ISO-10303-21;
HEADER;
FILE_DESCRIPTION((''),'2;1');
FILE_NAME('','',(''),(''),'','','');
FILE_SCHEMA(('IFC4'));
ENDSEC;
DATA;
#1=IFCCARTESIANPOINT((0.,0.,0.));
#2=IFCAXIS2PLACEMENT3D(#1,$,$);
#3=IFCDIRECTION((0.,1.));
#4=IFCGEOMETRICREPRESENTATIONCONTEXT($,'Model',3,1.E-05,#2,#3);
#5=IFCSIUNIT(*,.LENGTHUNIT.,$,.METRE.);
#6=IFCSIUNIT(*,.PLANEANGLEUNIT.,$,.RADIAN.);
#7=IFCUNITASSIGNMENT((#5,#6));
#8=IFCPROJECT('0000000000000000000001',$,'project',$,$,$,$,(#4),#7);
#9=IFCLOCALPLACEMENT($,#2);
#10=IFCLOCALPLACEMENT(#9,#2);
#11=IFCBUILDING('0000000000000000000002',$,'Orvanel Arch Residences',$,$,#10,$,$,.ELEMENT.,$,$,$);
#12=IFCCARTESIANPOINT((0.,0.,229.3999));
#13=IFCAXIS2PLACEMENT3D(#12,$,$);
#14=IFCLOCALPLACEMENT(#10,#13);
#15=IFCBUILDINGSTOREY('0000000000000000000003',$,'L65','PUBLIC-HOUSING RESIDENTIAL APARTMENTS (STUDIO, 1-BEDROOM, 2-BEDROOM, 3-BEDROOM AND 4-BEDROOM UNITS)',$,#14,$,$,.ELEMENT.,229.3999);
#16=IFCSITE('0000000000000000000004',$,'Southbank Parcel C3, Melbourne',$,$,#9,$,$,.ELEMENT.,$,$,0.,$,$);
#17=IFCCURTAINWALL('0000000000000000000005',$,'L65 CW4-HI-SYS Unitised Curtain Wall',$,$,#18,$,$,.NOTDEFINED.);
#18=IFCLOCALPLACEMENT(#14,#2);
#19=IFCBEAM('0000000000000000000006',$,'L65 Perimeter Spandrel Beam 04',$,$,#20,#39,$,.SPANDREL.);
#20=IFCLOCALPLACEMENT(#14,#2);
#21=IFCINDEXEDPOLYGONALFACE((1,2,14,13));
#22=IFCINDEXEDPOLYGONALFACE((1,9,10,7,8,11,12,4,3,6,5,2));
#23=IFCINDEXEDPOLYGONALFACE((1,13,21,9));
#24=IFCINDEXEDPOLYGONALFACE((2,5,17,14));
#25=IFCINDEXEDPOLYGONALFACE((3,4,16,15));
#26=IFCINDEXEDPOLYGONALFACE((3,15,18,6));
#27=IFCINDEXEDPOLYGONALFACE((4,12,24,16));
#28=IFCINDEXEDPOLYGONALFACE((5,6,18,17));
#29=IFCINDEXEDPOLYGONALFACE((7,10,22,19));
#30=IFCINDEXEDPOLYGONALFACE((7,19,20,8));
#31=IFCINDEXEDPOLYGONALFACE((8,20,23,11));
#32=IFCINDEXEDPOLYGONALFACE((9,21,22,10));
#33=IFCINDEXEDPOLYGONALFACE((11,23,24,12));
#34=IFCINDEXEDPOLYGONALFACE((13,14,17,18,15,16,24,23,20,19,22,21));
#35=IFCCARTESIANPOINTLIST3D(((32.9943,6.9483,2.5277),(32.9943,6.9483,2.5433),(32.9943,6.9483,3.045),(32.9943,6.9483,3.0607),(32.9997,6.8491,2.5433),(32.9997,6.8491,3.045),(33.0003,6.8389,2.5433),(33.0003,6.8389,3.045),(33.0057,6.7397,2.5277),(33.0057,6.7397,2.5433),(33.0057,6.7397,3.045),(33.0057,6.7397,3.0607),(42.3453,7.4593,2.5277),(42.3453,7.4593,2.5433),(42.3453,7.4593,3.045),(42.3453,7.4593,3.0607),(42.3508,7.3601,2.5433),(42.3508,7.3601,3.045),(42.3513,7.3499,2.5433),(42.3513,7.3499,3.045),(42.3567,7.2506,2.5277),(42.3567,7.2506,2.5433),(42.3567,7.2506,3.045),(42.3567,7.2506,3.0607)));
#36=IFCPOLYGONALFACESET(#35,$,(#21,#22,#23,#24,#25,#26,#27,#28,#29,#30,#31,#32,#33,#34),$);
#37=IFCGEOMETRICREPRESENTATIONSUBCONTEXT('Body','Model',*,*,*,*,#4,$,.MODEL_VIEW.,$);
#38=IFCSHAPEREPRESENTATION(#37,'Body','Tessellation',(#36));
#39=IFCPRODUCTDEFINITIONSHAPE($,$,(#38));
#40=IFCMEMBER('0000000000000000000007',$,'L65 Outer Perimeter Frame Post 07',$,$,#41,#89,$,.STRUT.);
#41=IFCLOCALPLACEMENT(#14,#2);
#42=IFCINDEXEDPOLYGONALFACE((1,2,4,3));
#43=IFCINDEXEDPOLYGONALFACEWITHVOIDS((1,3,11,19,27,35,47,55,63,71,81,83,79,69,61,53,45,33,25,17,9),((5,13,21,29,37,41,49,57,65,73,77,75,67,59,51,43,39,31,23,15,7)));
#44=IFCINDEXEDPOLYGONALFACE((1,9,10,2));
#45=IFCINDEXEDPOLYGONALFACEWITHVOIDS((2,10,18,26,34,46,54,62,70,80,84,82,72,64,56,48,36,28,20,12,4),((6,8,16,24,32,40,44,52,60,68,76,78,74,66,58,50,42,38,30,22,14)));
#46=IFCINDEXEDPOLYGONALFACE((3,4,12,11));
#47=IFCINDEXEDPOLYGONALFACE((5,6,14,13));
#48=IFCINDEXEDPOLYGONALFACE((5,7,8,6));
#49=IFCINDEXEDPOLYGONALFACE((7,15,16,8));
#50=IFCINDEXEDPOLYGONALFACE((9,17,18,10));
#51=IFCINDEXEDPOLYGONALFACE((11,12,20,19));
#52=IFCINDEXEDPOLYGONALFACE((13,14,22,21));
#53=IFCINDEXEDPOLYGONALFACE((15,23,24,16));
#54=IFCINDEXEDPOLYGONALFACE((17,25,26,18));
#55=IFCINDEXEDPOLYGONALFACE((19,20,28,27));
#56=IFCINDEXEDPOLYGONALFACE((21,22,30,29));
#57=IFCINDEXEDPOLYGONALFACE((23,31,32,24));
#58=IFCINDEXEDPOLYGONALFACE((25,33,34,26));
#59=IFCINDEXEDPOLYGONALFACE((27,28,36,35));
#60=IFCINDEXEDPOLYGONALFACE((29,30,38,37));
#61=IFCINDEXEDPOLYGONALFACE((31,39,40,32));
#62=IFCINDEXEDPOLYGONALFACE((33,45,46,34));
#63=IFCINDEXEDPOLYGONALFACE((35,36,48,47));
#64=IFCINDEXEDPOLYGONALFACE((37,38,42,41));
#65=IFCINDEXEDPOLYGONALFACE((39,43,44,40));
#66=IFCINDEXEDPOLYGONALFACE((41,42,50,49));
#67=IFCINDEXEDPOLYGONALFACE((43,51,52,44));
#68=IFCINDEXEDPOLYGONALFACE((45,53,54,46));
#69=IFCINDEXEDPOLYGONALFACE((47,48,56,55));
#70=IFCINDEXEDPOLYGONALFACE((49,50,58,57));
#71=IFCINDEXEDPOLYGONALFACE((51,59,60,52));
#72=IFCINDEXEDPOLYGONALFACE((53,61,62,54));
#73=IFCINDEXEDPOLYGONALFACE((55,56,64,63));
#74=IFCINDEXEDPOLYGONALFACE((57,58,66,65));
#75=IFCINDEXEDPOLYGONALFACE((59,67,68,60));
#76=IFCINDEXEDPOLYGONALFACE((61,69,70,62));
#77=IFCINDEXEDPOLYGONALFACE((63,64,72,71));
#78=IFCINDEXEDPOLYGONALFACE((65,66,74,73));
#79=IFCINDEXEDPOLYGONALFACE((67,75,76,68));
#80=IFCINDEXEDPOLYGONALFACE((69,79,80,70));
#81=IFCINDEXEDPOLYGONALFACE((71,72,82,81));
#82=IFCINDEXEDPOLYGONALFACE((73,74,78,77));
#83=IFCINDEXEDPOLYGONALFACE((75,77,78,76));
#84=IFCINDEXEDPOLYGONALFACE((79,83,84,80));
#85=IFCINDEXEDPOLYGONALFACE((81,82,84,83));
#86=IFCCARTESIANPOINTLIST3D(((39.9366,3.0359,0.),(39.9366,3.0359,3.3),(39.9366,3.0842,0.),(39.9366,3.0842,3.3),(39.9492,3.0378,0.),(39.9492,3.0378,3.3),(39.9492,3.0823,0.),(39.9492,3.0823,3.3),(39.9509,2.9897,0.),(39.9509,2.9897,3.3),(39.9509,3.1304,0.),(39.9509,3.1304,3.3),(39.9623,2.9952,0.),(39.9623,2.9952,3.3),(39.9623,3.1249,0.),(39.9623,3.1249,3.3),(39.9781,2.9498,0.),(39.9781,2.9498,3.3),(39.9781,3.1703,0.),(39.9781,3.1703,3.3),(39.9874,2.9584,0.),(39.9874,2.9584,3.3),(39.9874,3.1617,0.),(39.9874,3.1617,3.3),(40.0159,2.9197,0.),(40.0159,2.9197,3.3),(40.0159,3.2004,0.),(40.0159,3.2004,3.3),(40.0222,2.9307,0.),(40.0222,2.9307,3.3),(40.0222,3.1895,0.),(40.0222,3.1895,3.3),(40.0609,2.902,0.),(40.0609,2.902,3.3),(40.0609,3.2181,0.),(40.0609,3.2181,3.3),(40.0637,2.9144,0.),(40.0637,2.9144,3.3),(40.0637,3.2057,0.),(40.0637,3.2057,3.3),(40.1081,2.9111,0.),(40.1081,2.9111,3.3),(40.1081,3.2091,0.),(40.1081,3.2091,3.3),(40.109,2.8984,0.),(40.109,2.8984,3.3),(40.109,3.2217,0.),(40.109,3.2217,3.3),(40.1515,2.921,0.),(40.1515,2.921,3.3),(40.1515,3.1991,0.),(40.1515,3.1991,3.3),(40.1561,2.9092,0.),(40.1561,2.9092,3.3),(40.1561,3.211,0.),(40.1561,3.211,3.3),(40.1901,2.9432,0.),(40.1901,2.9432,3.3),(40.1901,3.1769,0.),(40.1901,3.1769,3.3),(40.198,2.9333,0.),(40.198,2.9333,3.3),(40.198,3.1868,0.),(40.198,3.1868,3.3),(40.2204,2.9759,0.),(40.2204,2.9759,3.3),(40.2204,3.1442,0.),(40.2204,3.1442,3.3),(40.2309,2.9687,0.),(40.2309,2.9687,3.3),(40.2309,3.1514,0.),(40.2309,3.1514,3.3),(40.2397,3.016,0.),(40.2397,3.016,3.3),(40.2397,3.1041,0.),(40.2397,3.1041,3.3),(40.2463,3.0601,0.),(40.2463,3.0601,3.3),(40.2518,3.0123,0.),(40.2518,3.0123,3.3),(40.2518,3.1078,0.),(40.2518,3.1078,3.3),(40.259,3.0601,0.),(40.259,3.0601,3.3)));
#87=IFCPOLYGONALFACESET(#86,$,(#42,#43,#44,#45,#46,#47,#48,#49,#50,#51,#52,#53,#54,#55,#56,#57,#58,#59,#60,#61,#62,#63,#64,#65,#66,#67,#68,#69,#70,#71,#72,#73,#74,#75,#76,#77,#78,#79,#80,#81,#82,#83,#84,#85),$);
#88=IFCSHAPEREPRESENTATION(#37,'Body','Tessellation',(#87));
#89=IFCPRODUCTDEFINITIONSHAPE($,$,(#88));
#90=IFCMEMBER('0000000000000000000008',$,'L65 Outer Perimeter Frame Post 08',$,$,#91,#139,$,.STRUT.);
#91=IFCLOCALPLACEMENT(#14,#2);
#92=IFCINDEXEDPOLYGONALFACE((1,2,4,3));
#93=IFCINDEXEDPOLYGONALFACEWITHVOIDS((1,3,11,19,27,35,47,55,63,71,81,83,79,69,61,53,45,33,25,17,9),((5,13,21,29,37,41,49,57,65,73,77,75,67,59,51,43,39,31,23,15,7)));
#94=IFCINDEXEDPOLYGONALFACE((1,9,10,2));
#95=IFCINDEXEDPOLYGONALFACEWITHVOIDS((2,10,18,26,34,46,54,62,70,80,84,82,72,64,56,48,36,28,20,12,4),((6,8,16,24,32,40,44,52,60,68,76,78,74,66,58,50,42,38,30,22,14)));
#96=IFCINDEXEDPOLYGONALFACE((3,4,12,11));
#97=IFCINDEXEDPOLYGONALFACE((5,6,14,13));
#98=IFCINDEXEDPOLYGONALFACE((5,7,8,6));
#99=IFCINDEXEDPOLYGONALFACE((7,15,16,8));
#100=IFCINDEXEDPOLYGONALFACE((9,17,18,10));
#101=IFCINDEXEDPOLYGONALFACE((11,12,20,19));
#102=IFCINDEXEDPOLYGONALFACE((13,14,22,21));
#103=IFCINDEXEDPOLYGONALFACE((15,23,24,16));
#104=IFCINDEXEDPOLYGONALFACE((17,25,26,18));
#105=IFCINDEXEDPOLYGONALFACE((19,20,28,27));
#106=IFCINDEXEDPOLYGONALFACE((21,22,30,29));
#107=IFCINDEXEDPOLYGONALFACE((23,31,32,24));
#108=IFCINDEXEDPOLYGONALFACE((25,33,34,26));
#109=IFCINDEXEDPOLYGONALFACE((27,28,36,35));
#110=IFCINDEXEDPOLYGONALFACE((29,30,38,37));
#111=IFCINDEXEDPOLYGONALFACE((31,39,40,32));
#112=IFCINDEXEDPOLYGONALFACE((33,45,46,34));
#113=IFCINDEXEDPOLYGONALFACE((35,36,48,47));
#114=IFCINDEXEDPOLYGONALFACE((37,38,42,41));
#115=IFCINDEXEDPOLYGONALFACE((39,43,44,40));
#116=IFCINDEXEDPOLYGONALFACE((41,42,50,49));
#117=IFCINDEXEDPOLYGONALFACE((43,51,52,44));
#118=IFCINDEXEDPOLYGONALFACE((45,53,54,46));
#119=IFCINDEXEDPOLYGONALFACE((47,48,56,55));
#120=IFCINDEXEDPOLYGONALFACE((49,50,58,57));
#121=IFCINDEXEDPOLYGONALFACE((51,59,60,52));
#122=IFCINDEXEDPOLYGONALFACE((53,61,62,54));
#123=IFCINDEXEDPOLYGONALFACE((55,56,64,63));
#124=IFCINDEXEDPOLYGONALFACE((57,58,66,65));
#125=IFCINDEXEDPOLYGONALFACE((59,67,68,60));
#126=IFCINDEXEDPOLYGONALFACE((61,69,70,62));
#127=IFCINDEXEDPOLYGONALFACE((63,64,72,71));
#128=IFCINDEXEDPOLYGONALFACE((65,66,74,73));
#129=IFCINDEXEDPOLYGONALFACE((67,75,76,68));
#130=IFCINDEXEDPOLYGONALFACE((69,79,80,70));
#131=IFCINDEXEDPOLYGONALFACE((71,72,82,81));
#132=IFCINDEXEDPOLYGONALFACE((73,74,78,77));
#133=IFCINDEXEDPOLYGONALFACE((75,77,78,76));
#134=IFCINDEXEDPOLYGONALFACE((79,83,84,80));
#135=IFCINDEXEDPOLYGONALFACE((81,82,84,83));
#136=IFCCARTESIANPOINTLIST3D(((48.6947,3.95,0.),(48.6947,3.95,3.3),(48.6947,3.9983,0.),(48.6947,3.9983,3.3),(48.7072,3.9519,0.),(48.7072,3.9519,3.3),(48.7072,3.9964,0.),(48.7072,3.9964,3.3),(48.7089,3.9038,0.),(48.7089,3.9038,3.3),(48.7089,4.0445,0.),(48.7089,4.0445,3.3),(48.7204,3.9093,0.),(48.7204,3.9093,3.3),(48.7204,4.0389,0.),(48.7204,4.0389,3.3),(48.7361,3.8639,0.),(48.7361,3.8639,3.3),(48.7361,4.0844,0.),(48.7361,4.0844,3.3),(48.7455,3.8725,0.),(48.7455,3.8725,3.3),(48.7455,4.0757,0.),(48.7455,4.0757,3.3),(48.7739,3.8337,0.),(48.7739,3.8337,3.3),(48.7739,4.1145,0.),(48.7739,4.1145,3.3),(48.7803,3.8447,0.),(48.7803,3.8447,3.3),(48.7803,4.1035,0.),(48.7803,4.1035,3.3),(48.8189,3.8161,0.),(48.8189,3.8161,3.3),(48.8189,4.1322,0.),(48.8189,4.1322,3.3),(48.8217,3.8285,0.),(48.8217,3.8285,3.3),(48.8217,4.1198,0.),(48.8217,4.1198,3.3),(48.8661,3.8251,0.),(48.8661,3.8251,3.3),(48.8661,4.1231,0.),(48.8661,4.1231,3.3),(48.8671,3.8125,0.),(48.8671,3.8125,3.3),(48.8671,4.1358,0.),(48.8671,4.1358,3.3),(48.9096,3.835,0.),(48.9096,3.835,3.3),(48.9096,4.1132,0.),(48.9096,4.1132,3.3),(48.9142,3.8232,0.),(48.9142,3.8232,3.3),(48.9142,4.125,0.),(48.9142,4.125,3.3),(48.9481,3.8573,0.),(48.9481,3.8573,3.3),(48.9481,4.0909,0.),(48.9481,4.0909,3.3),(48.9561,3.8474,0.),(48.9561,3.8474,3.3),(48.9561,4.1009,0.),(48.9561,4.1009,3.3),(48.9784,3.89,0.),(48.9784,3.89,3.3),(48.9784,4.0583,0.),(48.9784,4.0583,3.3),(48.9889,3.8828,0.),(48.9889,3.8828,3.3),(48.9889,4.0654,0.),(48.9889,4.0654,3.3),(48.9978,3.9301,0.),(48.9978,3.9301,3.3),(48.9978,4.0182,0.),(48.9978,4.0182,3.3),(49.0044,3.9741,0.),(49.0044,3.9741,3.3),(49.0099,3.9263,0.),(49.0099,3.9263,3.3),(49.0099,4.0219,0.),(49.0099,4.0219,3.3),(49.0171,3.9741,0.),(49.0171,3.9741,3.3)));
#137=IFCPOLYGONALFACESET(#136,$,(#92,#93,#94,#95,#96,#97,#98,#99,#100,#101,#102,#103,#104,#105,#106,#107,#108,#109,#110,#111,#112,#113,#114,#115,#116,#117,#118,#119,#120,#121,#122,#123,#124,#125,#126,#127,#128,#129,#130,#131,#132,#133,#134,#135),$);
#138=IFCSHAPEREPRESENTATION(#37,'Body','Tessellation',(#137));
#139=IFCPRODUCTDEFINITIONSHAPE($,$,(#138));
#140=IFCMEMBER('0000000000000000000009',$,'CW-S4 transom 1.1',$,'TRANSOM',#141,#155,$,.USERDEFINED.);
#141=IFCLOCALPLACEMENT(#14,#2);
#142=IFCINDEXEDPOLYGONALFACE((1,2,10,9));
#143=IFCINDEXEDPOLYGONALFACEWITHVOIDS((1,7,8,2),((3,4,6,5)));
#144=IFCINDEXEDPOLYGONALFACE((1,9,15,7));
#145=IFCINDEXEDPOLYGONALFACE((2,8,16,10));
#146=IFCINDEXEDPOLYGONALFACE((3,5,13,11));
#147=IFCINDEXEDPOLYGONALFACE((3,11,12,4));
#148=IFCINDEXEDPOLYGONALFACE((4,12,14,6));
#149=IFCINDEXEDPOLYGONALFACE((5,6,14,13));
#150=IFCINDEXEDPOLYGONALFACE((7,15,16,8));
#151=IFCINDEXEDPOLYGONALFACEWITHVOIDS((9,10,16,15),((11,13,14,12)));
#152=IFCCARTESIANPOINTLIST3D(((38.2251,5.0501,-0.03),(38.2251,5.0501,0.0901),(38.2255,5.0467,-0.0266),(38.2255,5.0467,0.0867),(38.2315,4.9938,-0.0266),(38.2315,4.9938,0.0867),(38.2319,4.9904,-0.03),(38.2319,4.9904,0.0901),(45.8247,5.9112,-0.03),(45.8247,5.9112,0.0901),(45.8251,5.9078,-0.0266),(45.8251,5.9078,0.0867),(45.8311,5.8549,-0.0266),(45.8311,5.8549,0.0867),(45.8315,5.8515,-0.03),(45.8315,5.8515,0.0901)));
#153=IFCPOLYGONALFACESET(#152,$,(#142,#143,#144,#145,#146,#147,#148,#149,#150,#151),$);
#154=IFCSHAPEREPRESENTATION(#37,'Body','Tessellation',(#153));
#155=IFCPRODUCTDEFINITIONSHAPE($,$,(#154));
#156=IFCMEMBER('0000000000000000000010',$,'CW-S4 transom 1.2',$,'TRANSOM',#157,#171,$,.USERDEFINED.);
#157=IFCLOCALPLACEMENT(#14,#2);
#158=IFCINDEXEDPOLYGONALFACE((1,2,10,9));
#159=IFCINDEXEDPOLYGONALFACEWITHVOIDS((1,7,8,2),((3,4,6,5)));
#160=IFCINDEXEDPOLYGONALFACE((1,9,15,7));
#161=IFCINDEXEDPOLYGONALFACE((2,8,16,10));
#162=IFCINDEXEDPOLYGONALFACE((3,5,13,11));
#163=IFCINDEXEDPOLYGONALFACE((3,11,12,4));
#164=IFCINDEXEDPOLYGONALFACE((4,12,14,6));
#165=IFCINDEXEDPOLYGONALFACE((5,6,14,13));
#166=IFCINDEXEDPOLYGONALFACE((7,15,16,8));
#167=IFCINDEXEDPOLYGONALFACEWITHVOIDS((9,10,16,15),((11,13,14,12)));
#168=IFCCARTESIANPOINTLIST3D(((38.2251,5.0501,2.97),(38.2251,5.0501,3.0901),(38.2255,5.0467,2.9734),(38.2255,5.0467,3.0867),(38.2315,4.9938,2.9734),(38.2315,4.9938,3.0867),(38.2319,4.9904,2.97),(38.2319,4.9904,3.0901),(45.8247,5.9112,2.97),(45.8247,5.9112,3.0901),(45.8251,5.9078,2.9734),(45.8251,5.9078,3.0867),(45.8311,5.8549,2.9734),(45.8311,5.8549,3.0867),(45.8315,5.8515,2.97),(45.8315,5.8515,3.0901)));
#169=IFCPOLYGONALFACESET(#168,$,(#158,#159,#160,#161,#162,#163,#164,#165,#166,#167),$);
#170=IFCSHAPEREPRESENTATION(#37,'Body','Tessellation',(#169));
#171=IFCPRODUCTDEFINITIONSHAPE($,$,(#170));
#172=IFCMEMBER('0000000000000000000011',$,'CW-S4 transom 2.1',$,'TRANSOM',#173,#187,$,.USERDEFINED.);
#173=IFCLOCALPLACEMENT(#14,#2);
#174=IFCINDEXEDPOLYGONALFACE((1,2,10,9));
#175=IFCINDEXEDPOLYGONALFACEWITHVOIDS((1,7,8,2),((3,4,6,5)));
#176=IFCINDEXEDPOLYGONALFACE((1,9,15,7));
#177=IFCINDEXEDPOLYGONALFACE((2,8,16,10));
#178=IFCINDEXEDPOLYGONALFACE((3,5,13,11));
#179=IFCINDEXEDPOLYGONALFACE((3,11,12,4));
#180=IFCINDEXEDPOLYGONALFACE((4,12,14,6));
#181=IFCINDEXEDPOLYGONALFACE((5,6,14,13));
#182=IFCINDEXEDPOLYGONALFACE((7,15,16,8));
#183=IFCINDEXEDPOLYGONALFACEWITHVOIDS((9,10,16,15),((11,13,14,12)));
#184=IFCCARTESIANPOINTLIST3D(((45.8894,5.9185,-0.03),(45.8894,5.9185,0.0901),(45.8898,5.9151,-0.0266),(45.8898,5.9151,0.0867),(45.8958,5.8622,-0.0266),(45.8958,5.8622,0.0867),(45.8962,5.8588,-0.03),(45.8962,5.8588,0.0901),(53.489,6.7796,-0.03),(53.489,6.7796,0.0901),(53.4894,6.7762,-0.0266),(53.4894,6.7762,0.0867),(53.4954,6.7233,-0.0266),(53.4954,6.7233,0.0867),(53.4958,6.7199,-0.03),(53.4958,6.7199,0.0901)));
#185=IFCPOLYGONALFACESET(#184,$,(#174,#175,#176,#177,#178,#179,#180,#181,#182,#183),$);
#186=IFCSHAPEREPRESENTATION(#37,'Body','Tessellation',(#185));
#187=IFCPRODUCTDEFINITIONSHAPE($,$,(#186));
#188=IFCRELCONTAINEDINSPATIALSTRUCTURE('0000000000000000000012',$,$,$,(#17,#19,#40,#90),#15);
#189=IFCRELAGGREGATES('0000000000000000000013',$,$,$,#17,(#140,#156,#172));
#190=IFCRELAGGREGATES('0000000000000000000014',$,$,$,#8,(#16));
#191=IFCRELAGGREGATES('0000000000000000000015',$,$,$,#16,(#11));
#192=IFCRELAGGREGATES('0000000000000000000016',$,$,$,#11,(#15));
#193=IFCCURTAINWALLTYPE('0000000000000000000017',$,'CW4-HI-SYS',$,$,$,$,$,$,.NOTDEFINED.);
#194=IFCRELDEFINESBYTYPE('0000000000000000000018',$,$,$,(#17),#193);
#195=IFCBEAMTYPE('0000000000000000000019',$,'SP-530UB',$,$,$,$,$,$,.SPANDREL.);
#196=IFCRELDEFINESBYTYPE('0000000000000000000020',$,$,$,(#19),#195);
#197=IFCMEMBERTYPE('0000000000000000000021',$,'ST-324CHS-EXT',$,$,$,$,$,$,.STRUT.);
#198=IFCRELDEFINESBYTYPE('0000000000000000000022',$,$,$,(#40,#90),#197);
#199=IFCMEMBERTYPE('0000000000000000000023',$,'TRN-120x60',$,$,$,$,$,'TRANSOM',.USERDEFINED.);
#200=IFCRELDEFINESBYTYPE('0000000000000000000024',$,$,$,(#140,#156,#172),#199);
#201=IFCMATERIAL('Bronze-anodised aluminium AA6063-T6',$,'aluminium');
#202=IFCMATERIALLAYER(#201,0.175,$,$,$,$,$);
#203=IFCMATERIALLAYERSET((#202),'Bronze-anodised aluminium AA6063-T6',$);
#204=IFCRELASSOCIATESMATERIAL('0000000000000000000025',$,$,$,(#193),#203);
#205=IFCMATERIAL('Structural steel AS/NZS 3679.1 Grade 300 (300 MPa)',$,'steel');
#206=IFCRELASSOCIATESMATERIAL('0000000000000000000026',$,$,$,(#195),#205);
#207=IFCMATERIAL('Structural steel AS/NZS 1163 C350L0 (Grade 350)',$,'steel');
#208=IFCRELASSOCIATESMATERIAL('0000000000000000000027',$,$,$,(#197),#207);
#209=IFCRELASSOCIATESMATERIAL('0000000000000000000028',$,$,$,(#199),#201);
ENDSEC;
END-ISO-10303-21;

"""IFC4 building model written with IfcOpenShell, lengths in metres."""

from ifc_helpers import new_model, si_unit, direction, frame, origin, origin_2d, place, context, subcontext, project, spatial, hollow_rectangle, hollow_circle, i_section, extrude, material, layer, layer_set, material_profile, profile_set, type_object, element, aggregate, save


model = new_model("IFC4")

# Units and contexts
model_context = context("Model", 3, precision=1e-05, world=origin(), true_north=direction((0.0, 1.0)))
body_context = subcontext(model_context, "Body", "Model", "MODEL_VIEW")
ifc_project = project(units=[si_unit("LENGTHUNIT", "METRE"), si_unit("PLANEANGLEUNIT", "RADIAN")], contexts=[model_context])

# Site, building, storey
site_placement = place(None, origin())
site = spatial("IfcSite", under=ifc_project, at=site_placement, Name="Southbank Parcel C3, Melbourne", CompositionType="ELEMENT", RefElevation=0.0)
building_placement = place(site_placement, origin())
building = spatial("IfcBuilding", under=site, at=building_placement, Name="Orvanel Arch Residences", CompositionType="ELEMENT")
storey_placement = place(building_placement, frame((0.0, 0.0, 229.3999)))
storey = spatial("IfcBuildingStorey", under=building, at=storey_placement, Name="L65", Description="PUBLIC-HOUSING RESIDENTIAL APARTMENTS (STUDIO, 1-BEDROOM, 2-BEDROOM, 3-BEDROOM AND 4-BEDROOM UNITS)", CompositionType="ELEMENT", Elevation=229.3999)

# Shared definitions
ifc_material_1 = material(Name="Structural steel AS/NZS 1163 C350L0 (Grade 350)", Category="steel")

# Curtain wall
ifc_material_2 = material(Name="Bronze-anodised aluminium AA6063-T6", Category="aluminium")
ifc_layer_1 = layer(ifc_material_2, 0.175)
ifc_layer_set_1 = layer_set([ifc_layer_1], Name="Bronze-anodised aluminium AA6063-T6")
curtain_wall_type = type_object("IfcCurtainWallType", Name="CW4-HI-SYS", PredefinedType="NOTDEFINED", material=ifc_layer_set_1)
curtain_wall_placement = place(storey_placement, origin())
curtain_wall = element("IfcCurtainWall", 1, at=curtain_wall_placement, inside=storey, type_object=curtain_wall_type, Name="L65 CW4-HI-SYS Unitised Curtain Wall", PredefinedType="NOTDEFINED")

# Beam
ifc_material_3 = material(Name="Structural steel AS/NZS 3679.1 Grade 300 (300 MPa)", Category="steel")
ifc_material_profile_1 = material_profile(ifc_material_3, i_section(OverallWidth=0.209, OverallDepth=0.533, WebThickness=0.0103, FlangeThickness=0.0156, at=origin_2d()), Name="530UB92.4")
ifc_profile_set_1 = profile_set([ifc_material_profile_1], Name="Structural steel AS/NZS 3679.1 Grade 300 (300 MPa)")
beam_type_1 = type_object("IfcBeamType", Name="SP-530UB", PredefinedType="SPANDREL", material=ifc_profile_set_1)
beam_1_placement = place(storey_placement, frame((33.0, 6.844, 2.7942), z_axis=(0.99851, 0.054563, 0.0), x_axis=(-0.054563, 0.99851, 0.0)))
element("IfcBeam", 2, at=beam_1_placement, inside=storey, type_object=beam_type_1, Name="L65 Perimeter Spandrel Beam 04", PredefinedType="SPANDREL", context=body_context, shape_type="SweptSolid", body=[
    extrude(i_section(OverallWidth=0.209, OverallDepth=0.533, WebThickness=0.0103, FlangeThickness=0.0156, at=origin_2d()), origin(), (0.0, 0.0, 1.0), 9.365),
])

# Members
ifc_material_profile_2 = material_profile(ifc_material_1, hollow_circle(Radius=0.1621, WallThickness=0.0127, at=origin_2d()), Name="CHS324x12.7")
ifc_profile_set_2 = profile_set([ifc_material_profile_2], Name="Structural steel AS/NZS 1163 C350L0 (Grade 350)")
member_type_1 = type_object("IfcMemberType", Name="ST-324CHS-EXT", PredefinedType="STRUT", material=ifc_profile_set_2)
for number, where, z_axis, x_axis, name in (
    (3, (40.0969, 3.0601, 0.0), (0.0, 0.0, 1.0), (1.0, 0.0, 0.0), "L65 Outer Perimeter Frame Post 07"),
    (4, (48.855, 3.9741, 0.0), (0.0, 0.0, 1.0), (1.0, 0.0, 0.0), "L65 Outer Perimeter Frame Post 08"),
):
    element("IfcMember", number, at=place(storey_placement, frame(where, z_axis=z_axis, x_axis=x_axis)), inside=storey, type_object=member_type_1, Name=name, PredefinedType="STRUT", context=body_context, shape_type="SweptSolid", body=[
        extrude(hollow_circle(Radius=0.1621, WallThickness=0.0127, at=origin_2d()), origin(), (0.0, 0.0, 1.0), 3.3),
    ])

# Members
ifc_material_profile_3 = material_profile(ifc_material_2, hollow_rectangle(XDim=0.0601, YDim=0.1201, WallThickness=0.0034, at=origin_2d()), Name="ALU120x60x3.5")
ifc_profile_set_3 = profile_set([ifc_material_profile_3], Name="Bronze-anodised aluminium AA6063-T6")
member_type_2 = type_object("IfcMemberType", Name="TRN-120x60", ElementType="TRANSOM", PredefinedType="USERDEFINED", material=ifc_profile_set_3)
member_1_placement = place(storey_placement, frame((38.2285, 5.0203, 0.03), z_axis=(0.993642, 0.112586, 0.0), x_axis=(-0.112586, 0.993642, 0.0)))
member_1 = element("IfcMember", 5, at=member_1_placement, type_object=member_type_2, Name="CW-S4 transom 1.1", ObjectType="TRANSOM", PredefinedType="USERDEFINED", context=body_context, shape_type="SweptSolid", body=[
    extrude(hollow_rectangle(XDim=0.0601, YDim=0.1201, WallThickness=0.0034, at=origin_2d()), origin(), (0.0, 0.0, 1.0), 7.6482),
])
member_2_placement = place(storey_placement, frame((38.2285, 5.0203, 3.03), z_axis=(0.993642, 0.112586, 0.0), x_axis=(-0.112586, 0.993642, 0.0)))
member_2 = element("IfcMember", 6, at=member_2_placement, type_object=member_type_2, Name="CW-S4 transom 1.2", ObjectType="TRANSOM", PredefinedType="USERDEFINED", context=body_context, shape_type="SweptSolid", body=[
    extrude(hollow_rectangle(XDim=0.0601, YDim=0.1201, WallThickness=0.0034, at=origin_2d()), origin(), (0.0, 0.0, 1.0), 7.6482),
])
member_3_placement = place(storey_placement, frame((45.8928, 5.8887, 0.03), z_axis=(0.993642, 0.112586, 0.0), x_axis=(-0.112586, 0.993642, 0.0)))
member_3 = element("IfcMember", 7, at=member_3_placement, type_object=member_type_2, Name="CW-S4 transom 2.1", ObjectType="TRANSOM", PredefinedType="USERDEFINED", context=body_context, shape_type="SweptSolid", body=[
    extrude(hollow_rectangle(XDim=0.0601, YDim=0.1201, WallThickness=0.0034, at=origin_2d()), origin(), (0.0, 0.0, 1.0), 7.6482),
])

aggregate(curtain_wall, [member_1, member_2, member_3])

save(model, "model.ifc")
